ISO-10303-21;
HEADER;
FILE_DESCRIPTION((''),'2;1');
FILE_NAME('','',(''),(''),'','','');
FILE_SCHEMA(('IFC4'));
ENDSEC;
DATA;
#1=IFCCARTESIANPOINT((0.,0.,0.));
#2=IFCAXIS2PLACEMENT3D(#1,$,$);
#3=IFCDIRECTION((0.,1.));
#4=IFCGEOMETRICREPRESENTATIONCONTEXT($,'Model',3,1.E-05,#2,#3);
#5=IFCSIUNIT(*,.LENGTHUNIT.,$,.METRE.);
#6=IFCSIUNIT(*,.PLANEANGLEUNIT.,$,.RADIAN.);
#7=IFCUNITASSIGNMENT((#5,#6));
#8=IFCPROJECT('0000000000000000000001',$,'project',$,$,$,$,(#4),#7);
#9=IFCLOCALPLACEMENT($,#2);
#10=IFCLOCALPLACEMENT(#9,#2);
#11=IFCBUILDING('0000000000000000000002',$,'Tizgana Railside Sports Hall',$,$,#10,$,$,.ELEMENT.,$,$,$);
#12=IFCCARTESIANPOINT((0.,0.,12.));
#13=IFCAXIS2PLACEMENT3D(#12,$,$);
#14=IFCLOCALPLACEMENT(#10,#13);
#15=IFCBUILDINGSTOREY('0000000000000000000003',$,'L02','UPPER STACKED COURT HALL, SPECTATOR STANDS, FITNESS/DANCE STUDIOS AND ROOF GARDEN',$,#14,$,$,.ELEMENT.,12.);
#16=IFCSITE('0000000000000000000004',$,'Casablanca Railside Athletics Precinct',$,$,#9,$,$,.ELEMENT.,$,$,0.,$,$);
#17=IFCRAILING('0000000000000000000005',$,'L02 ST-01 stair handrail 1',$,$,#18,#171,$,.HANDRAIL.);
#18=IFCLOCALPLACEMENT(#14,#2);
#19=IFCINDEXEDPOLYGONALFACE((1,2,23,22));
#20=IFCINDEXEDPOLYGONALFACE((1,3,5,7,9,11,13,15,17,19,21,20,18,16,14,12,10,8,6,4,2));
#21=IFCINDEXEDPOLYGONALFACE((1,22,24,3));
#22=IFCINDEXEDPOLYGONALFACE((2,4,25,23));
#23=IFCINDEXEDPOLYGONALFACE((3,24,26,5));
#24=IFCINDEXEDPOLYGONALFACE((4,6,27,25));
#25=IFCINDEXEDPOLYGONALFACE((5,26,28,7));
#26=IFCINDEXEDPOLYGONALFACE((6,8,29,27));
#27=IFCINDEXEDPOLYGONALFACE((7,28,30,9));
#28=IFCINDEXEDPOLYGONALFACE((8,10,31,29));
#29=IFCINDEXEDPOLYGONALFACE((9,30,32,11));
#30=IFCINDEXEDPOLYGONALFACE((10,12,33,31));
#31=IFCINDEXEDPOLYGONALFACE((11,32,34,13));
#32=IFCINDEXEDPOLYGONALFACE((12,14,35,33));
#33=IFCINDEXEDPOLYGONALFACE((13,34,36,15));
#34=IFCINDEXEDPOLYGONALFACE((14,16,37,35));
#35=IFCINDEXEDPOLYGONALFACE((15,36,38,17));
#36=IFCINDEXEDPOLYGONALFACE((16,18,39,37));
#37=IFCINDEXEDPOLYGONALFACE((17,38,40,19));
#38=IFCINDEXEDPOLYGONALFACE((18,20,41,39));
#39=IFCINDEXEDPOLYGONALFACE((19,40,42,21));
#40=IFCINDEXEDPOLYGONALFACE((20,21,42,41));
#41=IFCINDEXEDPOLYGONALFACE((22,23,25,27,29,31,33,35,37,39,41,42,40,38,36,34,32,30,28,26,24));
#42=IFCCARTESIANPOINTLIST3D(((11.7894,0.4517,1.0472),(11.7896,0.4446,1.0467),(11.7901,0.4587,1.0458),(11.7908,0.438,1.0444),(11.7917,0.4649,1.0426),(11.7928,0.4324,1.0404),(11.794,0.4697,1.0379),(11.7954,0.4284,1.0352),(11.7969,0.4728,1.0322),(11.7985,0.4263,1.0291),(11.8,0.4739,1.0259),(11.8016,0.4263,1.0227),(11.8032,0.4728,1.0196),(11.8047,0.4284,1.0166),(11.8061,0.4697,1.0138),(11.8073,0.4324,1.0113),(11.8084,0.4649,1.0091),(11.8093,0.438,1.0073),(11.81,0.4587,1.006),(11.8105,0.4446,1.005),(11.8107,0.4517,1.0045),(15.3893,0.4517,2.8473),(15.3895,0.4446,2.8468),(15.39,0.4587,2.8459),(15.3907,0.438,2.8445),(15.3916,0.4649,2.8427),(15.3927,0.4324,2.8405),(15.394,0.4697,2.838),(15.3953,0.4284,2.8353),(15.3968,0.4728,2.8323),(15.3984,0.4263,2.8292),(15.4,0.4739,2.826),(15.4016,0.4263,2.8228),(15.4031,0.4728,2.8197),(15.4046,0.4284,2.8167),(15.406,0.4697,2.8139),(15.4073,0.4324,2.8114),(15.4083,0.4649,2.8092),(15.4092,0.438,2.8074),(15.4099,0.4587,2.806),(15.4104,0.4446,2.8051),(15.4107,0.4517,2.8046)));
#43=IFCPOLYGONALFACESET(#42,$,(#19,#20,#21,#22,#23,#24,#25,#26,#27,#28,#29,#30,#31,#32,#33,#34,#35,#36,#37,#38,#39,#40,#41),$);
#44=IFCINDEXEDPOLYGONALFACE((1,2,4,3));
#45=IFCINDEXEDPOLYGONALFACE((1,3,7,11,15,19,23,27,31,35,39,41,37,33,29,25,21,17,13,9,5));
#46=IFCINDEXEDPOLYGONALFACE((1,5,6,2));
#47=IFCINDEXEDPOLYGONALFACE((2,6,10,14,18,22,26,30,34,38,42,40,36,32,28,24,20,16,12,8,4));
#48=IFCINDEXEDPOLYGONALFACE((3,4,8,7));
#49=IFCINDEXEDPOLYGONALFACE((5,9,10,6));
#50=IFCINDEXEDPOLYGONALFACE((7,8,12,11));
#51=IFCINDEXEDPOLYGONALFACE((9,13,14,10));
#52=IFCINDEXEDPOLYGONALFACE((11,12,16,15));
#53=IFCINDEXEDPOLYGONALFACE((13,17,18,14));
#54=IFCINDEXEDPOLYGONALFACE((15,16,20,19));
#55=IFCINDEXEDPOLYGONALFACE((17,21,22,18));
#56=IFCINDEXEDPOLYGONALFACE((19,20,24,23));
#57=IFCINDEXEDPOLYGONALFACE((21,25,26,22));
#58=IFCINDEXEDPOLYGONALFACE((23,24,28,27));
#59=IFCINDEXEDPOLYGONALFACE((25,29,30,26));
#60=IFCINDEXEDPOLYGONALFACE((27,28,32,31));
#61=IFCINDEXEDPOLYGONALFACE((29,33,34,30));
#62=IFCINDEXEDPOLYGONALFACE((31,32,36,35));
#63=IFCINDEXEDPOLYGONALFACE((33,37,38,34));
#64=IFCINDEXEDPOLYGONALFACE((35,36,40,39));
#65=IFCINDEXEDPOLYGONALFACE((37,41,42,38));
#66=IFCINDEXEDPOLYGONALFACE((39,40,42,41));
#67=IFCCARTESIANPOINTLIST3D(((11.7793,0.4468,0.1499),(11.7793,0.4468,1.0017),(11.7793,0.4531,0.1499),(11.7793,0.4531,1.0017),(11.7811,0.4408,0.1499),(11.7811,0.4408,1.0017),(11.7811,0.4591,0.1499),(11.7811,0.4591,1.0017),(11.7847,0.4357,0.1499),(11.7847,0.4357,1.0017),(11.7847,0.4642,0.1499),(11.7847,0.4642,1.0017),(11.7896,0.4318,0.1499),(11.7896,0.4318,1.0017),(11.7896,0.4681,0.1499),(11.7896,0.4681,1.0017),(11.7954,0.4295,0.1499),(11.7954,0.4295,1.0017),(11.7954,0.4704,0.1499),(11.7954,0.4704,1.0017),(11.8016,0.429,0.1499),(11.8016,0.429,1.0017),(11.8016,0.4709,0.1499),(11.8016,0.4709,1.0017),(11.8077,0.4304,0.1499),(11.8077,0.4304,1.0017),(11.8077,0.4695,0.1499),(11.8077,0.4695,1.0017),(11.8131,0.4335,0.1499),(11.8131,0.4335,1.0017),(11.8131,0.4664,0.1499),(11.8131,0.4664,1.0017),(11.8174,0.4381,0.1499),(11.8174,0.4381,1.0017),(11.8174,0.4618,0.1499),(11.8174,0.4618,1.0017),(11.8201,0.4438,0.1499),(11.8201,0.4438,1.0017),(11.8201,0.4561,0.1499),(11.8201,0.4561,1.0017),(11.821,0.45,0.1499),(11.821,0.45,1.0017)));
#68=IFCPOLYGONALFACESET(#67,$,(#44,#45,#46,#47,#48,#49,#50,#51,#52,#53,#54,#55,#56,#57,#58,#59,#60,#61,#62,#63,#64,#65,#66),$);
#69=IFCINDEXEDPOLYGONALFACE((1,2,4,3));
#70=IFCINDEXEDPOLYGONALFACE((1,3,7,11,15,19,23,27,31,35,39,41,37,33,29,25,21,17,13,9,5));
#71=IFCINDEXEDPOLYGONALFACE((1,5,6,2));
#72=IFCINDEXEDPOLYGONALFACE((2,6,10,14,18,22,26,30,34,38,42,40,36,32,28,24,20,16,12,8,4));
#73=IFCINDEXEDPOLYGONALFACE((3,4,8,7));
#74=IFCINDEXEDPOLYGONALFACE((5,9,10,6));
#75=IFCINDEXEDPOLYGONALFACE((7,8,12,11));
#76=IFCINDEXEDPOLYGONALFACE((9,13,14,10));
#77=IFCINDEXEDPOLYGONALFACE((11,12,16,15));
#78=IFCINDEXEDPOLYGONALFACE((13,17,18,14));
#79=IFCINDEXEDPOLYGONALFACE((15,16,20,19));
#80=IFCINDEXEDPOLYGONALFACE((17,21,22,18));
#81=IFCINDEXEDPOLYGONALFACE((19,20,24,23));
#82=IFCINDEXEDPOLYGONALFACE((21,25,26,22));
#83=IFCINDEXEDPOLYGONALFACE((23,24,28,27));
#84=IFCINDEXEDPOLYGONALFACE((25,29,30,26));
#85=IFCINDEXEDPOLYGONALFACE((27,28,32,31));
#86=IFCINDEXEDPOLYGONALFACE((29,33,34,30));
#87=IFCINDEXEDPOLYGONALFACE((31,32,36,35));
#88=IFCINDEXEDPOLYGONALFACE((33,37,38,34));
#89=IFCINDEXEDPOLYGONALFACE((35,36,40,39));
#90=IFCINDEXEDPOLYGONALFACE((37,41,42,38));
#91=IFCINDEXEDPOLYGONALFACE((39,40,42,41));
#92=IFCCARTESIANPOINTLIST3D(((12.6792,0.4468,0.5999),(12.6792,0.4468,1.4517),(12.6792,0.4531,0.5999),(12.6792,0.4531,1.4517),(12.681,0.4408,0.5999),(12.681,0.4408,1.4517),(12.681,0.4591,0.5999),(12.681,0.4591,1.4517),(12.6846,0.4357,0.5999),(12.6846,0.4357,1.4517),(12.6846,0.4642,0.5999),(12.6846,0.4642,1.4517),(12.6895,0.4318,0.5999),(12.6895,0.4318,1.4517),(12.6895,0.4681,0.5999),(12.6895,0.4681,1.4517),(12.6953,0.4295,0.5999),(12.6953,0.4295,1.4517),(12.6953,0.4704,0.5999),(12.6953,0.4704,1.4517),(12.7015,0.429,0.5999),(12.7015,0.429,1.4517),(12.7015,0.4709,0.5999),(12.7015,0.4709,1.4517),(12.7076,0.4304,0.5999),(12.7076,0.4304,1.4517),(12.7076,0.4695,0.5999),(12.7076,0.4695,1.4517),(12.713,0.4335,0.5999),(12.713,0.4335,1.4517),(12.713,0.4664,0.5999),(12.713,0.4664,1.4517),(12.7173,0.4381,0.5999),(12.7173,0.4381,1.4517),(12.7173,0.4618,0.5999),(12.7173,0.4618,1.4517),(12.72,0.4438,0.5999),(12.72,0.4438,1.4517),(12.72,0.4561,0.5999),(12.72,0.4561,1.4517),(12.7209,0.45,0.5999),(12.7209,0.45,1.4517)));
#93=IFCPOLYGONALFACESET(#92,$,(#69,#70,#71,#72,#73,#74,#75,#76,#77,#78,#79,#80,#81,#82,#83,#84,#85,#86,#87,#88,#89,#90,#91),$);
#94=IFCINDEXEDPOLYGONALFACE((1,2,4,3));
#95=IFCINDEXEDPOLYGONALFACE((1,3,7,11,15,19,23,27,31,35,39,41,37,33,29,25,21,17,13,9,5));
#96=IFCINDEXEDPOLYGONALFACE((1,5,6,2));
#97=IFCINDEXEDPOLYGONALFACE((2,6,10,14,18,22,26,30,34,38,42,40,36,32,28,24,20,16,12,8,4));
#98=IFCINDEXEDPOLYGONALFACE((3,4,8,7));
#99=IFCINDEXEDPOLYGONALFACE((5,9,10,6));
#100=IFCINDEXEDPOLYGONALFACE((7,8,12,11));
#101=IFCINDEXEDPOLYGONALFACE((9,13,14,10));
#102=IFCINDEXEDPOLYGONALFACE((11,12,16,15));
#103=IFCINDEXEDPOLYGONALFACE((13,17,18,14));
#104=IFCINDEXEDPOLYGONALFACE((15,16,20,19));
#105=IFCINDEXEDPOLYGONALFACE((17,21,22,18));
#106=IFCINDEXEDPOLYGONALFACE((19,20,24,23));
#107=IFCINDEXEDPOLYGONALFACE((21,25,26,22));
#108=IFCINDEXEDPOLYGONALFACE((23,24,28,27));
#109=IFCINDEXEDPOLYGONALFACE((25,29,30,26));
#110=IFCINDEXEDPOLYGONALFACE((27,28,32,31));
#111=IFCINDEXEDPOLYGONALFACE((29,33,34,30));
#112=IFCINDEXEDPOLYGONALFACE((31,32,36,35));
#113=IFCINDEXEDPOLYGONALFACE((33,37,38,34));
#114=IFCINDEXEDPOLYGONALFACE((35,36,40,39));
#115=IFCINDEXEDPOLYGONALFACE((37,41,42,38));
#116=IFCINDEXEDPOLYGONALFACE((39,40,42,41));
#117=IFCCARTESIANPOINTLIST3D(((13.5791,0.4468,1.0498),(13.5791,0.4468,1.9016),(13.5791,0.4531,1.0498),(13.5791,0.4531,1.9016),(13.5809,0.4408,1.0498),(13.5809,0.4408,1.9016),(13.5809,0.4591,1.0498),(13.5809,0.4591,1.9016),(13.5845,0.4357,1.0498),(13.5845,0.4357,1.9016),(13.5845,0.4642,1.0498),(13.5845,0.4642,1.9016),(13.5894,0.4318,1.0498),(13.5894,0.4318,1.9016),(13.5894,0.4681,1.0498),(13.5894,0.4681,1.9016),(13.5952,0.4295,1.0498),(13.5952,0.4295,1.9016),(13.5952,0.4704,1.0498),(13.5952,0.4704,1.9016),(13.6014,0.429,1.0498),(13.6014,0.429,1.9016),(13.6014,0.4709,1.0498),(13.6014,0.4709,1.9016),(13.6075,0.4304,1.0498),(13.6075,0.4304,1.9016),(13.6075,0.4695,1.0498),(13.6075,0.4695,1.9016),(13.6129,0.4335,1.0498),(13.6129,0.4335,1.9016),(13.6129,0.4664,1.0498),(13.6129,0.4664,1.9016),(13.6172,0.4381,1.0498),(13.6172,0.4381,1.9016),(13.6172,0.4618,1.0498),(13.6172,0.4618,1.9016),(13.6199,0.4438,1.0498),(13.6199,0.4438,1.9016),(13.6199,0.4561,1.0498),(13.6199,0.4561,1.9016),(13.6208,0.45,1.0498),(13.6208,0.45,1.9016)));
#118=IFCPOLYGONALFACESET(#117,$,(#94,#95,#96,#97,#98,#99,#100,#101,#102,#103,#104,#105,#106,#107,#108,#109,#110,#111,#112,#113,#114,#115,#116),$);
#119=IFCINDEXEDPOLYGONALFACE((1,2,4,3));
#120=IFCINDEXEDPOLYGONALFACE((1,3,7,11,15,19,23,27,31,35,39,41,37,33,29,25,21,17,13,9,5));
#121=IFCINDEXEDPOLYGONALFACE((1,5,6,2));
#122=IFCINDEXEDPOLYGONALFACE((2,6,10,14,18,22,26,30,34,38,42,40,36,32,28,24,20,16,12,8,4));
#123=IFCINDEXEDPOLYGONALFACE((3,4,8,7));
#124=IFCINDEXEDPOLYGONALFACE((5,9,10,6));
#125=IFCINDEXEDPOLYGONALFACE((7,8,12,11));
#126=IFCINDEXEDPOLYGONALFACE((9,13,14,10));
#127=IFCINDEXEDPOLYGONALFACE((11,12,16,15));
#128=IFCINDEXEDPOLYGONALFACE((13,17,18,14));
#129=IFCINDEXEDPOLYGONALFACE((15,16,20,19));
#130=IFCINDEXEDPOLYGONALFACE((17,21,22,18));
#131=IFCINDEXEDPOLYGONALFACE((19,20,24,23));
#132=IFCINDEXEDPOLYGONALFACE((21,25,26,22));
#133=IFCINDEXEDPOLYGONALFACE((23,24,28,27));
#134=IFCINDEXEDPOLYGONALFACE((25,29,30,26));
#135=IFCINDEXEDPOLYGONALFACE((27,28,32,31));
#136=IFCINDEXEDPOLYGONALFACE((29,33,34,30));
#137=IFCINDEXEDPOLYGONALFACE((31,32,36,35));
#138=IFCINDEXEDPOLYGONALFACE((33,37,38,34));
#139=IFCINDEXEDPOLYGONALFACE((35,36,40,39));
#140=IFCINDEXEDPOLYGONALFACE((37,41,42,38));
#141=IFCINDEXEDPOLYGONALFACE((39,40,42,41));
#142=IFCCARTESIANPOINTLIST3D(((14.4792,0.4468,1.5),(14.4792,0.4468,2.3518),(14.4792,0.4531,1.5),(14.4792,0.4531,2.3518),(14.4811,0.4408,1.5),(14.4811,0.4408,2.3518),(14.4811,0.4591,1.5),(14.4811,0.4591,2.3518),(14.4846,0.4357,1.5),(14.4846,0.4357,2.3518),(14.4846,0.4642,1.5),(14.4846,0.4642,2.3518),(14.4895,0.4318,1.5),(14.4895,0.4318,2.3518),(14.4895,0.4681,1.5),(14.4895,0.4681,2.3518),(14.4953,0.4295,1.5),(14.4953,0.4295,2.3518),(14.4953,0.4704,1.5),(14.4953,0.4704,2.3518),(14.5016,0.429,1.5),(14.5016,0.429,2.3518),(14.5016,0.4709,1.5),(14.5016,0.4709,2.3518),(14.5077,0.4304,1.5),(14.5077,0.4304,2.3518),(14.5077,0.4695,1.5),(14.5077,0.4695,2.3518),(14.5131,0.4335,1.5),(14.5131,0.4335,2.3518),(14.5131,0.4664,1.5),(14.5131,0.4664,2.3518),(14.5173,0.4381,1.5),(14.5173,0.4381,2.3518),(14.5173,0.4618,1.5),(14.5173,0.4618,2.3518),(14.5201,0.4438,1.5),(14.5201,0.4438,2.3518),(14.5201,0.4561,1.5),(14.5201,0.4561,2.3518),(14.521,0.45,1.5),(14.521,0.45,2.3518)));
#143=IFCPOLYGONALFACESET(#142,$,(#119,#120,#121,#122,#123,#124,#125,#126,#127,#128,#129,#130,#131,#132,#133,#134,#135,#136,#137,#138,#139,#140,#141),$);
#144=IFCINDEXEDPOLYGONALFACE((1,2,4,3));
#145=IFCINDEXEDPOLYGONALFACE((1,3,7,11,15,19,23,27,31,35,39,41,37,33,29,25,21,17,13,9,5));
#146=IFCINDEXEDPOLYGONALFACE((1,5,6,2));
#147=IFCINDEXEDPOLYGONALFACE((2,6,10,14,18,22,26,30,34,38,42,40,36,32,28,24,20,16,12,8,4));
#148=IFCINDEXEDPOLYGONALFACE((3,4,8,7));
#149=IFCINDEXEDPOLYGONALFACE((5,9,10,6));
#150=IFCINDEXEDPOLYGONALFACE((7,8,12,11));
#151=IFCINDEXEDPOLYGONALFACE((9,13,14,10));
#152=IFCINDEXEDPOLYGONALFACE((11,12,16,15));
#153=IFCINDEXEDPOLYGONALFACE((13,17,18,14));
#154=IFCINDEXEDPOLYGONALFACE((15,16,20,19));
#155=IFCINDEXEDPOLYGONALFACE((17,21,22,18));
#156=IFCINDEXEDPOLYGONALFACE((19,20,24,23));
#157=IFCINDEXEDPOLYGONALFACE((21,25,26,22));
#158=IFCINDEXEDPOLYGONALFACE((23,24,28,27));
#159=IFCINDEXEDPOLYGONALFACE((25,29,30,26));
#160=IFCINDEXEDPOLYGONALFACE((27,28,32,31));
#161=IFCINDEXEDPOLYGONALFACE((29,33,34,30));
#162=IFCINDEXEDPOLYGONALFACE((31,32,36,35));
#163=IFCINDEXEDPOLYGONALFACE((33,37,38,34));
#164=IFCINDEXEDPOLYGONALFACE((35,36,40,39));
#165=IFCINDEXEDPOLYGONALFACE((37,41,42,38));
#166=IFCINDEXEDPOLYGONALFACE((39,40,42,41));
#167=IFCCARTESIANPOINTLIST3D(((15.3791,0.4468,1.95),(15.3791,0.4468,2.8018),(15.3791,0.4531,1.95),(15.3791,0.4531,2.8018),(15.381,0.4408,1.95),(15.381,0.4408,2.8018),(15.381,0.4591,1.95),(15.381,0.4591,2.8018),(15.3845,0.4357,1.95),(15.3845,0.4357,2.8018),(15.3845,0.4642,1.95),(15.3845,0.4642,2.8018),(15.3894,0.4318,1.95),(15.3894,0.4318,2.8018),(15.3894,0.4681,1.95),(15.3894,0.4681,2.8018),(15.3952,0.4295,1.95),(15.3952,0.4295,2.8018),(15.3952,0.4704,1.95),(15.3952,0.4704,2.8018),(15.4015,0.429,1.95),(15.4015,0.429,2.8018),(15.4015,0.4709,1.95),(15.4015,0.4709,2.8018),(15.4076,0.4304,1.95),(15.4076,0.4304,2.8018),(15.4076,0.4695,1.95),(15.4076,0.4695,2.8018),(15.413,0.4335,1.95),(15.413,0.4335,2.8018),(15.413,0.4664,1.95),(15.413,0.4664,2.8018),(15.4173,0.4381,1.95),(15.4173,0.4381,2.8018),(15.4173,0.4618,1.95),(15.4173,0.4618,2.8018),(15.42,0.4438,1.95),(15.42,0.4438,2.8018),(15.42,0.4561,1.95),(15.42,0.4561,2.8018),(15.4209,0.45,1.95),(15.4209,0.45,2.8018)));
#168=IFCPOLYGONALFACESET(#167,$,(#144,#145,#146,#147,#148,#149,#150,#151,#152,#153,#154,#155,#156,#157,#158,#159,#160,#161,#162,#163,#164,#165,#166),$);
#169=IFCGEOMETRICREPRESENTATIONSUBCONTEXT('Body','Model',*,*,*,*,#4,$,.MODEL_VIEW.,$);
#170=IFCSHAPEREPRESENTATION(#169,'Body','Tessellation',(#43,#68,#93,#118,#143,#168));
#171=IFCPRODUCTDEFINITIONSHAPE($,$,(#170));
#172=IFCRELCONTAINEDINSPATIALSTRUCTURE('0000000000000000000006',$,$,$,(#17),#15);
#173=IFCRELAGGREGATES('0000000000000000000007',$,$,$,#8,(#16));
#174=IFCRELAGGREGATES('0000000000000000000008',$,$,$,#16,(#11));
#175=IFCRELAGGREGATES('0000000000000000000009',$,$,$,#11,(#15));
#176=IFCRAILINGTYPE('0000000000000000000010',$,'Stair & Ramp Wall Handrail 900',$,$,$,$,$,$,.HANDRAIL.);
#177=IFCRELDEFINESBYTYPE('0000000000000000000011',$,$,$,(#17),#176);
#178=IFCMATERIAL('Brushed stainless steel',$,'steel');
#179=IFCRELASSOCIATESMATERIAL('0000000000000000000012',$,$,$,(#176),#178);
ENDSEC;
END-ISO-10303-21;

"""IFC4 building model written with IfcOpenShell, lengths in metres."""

from ifc_helpers import new_model, si_unit, direction, frame, origin, origin_2d, place, context, subcontext, project, spatial, circle, extrude, material, type_object, element, save


model = new_model("IFC4")

# Units and contexts
model_context = context("Model", 3, precision=1e-05, world=origin(), true_north=direction((0.0, 1.0)))
body_context = subcontext(model_context, "Body", "Model", "MODEL_VIEW")
ifc_project = project(units=[si_unit("LENGTHUNIT", "METRE"), si_unit("PLANEANGLEUNIT", "RADIAN")], contexts=[model_context])

# Site, building, storey
site_placement = place(None, origin())
site = spatial("IfcSite", under=ifc_project, at=site_placement, Name="Casablanca Railside Athletics Precinct", CompositionType="ELEMENT", RefElevation=0.0)
building_placement = place(site_placement, origin())
building = spatial("IfcBuilding", under=site, at=building_placement, Name="Tizgana Railside Sports Hall", CompositionType="ELEMENT")
storey_placement = place(building_placement, frame((0.0, 0.0, 12.0)))
storey = spatial("IfcBuildingStorey", under=building, at=storey_placement, Name="L02", Description="UPPER STACKED COURT HALL, SPECTATOR STANDS, FITNESS/DANCE STUDIOS AND ROOF GARDEN", CompositionType="ELEMENT", Elevation=12.0)

# Railing
ifc_material_1 = material(Name="Brushed stainless steel", Category="steel")
railing_type_1 = type_object("IfcRailingType", Name="Stair & Ramp Wall Handrail 900", PredefinedType="HANDRAIL", material=ifc_material_1)
railing_1_placement = place(storey_placement, frame((11.8, 0.45, 0.1499)))
element("IfcRailing", 1, at=railing_1_placement, inside=storey, type_object=railing_type_1, Name="L02 ST-01 stair handrail 1", PredefinedType="HANDRAIL", context=body_context, shape_type="SweptSolid", body=[
    extrude(circle(Radius=0.0239, at=origin_2d()), frame((0.0, 0.0, 0.876), z_axis=(0.894415, 0.0, 0.447238), x_axis=(0.0, 1.0, 0.0)), (0.0, 0.0, 1.0), 4.0249),
    extrude(circle(Radius=0.021, at=origin_2d()), origin(), (0.0, 0.0, 1.0), 0.8518),
    extrude(circle(Radius=0.021, at=origin_2d()), frame((0.8999, 0.0, 0.45)), (0.0, 0.0, 1.0), 0.8518),
    extrude(circle(Radius=0.021, at=origin_2d()), frame((1.7998, 0.0, 0.8999)), (0.0, 0.0, 1.0), 0.8518),
    extrude(circle(Radius=0.021, at=origin_2d()), frame((2.7, 0.0, 1.3501)), (0.0, 0.0, 1.0), 0.8518),
    extrude(circle(Radius=0.021, at=origin_2d()), frame((3.5999, 0.0, 1.8)), (0.0, 0.0, 1.0), 0.8518),
])

save(model, "model.ifc")
